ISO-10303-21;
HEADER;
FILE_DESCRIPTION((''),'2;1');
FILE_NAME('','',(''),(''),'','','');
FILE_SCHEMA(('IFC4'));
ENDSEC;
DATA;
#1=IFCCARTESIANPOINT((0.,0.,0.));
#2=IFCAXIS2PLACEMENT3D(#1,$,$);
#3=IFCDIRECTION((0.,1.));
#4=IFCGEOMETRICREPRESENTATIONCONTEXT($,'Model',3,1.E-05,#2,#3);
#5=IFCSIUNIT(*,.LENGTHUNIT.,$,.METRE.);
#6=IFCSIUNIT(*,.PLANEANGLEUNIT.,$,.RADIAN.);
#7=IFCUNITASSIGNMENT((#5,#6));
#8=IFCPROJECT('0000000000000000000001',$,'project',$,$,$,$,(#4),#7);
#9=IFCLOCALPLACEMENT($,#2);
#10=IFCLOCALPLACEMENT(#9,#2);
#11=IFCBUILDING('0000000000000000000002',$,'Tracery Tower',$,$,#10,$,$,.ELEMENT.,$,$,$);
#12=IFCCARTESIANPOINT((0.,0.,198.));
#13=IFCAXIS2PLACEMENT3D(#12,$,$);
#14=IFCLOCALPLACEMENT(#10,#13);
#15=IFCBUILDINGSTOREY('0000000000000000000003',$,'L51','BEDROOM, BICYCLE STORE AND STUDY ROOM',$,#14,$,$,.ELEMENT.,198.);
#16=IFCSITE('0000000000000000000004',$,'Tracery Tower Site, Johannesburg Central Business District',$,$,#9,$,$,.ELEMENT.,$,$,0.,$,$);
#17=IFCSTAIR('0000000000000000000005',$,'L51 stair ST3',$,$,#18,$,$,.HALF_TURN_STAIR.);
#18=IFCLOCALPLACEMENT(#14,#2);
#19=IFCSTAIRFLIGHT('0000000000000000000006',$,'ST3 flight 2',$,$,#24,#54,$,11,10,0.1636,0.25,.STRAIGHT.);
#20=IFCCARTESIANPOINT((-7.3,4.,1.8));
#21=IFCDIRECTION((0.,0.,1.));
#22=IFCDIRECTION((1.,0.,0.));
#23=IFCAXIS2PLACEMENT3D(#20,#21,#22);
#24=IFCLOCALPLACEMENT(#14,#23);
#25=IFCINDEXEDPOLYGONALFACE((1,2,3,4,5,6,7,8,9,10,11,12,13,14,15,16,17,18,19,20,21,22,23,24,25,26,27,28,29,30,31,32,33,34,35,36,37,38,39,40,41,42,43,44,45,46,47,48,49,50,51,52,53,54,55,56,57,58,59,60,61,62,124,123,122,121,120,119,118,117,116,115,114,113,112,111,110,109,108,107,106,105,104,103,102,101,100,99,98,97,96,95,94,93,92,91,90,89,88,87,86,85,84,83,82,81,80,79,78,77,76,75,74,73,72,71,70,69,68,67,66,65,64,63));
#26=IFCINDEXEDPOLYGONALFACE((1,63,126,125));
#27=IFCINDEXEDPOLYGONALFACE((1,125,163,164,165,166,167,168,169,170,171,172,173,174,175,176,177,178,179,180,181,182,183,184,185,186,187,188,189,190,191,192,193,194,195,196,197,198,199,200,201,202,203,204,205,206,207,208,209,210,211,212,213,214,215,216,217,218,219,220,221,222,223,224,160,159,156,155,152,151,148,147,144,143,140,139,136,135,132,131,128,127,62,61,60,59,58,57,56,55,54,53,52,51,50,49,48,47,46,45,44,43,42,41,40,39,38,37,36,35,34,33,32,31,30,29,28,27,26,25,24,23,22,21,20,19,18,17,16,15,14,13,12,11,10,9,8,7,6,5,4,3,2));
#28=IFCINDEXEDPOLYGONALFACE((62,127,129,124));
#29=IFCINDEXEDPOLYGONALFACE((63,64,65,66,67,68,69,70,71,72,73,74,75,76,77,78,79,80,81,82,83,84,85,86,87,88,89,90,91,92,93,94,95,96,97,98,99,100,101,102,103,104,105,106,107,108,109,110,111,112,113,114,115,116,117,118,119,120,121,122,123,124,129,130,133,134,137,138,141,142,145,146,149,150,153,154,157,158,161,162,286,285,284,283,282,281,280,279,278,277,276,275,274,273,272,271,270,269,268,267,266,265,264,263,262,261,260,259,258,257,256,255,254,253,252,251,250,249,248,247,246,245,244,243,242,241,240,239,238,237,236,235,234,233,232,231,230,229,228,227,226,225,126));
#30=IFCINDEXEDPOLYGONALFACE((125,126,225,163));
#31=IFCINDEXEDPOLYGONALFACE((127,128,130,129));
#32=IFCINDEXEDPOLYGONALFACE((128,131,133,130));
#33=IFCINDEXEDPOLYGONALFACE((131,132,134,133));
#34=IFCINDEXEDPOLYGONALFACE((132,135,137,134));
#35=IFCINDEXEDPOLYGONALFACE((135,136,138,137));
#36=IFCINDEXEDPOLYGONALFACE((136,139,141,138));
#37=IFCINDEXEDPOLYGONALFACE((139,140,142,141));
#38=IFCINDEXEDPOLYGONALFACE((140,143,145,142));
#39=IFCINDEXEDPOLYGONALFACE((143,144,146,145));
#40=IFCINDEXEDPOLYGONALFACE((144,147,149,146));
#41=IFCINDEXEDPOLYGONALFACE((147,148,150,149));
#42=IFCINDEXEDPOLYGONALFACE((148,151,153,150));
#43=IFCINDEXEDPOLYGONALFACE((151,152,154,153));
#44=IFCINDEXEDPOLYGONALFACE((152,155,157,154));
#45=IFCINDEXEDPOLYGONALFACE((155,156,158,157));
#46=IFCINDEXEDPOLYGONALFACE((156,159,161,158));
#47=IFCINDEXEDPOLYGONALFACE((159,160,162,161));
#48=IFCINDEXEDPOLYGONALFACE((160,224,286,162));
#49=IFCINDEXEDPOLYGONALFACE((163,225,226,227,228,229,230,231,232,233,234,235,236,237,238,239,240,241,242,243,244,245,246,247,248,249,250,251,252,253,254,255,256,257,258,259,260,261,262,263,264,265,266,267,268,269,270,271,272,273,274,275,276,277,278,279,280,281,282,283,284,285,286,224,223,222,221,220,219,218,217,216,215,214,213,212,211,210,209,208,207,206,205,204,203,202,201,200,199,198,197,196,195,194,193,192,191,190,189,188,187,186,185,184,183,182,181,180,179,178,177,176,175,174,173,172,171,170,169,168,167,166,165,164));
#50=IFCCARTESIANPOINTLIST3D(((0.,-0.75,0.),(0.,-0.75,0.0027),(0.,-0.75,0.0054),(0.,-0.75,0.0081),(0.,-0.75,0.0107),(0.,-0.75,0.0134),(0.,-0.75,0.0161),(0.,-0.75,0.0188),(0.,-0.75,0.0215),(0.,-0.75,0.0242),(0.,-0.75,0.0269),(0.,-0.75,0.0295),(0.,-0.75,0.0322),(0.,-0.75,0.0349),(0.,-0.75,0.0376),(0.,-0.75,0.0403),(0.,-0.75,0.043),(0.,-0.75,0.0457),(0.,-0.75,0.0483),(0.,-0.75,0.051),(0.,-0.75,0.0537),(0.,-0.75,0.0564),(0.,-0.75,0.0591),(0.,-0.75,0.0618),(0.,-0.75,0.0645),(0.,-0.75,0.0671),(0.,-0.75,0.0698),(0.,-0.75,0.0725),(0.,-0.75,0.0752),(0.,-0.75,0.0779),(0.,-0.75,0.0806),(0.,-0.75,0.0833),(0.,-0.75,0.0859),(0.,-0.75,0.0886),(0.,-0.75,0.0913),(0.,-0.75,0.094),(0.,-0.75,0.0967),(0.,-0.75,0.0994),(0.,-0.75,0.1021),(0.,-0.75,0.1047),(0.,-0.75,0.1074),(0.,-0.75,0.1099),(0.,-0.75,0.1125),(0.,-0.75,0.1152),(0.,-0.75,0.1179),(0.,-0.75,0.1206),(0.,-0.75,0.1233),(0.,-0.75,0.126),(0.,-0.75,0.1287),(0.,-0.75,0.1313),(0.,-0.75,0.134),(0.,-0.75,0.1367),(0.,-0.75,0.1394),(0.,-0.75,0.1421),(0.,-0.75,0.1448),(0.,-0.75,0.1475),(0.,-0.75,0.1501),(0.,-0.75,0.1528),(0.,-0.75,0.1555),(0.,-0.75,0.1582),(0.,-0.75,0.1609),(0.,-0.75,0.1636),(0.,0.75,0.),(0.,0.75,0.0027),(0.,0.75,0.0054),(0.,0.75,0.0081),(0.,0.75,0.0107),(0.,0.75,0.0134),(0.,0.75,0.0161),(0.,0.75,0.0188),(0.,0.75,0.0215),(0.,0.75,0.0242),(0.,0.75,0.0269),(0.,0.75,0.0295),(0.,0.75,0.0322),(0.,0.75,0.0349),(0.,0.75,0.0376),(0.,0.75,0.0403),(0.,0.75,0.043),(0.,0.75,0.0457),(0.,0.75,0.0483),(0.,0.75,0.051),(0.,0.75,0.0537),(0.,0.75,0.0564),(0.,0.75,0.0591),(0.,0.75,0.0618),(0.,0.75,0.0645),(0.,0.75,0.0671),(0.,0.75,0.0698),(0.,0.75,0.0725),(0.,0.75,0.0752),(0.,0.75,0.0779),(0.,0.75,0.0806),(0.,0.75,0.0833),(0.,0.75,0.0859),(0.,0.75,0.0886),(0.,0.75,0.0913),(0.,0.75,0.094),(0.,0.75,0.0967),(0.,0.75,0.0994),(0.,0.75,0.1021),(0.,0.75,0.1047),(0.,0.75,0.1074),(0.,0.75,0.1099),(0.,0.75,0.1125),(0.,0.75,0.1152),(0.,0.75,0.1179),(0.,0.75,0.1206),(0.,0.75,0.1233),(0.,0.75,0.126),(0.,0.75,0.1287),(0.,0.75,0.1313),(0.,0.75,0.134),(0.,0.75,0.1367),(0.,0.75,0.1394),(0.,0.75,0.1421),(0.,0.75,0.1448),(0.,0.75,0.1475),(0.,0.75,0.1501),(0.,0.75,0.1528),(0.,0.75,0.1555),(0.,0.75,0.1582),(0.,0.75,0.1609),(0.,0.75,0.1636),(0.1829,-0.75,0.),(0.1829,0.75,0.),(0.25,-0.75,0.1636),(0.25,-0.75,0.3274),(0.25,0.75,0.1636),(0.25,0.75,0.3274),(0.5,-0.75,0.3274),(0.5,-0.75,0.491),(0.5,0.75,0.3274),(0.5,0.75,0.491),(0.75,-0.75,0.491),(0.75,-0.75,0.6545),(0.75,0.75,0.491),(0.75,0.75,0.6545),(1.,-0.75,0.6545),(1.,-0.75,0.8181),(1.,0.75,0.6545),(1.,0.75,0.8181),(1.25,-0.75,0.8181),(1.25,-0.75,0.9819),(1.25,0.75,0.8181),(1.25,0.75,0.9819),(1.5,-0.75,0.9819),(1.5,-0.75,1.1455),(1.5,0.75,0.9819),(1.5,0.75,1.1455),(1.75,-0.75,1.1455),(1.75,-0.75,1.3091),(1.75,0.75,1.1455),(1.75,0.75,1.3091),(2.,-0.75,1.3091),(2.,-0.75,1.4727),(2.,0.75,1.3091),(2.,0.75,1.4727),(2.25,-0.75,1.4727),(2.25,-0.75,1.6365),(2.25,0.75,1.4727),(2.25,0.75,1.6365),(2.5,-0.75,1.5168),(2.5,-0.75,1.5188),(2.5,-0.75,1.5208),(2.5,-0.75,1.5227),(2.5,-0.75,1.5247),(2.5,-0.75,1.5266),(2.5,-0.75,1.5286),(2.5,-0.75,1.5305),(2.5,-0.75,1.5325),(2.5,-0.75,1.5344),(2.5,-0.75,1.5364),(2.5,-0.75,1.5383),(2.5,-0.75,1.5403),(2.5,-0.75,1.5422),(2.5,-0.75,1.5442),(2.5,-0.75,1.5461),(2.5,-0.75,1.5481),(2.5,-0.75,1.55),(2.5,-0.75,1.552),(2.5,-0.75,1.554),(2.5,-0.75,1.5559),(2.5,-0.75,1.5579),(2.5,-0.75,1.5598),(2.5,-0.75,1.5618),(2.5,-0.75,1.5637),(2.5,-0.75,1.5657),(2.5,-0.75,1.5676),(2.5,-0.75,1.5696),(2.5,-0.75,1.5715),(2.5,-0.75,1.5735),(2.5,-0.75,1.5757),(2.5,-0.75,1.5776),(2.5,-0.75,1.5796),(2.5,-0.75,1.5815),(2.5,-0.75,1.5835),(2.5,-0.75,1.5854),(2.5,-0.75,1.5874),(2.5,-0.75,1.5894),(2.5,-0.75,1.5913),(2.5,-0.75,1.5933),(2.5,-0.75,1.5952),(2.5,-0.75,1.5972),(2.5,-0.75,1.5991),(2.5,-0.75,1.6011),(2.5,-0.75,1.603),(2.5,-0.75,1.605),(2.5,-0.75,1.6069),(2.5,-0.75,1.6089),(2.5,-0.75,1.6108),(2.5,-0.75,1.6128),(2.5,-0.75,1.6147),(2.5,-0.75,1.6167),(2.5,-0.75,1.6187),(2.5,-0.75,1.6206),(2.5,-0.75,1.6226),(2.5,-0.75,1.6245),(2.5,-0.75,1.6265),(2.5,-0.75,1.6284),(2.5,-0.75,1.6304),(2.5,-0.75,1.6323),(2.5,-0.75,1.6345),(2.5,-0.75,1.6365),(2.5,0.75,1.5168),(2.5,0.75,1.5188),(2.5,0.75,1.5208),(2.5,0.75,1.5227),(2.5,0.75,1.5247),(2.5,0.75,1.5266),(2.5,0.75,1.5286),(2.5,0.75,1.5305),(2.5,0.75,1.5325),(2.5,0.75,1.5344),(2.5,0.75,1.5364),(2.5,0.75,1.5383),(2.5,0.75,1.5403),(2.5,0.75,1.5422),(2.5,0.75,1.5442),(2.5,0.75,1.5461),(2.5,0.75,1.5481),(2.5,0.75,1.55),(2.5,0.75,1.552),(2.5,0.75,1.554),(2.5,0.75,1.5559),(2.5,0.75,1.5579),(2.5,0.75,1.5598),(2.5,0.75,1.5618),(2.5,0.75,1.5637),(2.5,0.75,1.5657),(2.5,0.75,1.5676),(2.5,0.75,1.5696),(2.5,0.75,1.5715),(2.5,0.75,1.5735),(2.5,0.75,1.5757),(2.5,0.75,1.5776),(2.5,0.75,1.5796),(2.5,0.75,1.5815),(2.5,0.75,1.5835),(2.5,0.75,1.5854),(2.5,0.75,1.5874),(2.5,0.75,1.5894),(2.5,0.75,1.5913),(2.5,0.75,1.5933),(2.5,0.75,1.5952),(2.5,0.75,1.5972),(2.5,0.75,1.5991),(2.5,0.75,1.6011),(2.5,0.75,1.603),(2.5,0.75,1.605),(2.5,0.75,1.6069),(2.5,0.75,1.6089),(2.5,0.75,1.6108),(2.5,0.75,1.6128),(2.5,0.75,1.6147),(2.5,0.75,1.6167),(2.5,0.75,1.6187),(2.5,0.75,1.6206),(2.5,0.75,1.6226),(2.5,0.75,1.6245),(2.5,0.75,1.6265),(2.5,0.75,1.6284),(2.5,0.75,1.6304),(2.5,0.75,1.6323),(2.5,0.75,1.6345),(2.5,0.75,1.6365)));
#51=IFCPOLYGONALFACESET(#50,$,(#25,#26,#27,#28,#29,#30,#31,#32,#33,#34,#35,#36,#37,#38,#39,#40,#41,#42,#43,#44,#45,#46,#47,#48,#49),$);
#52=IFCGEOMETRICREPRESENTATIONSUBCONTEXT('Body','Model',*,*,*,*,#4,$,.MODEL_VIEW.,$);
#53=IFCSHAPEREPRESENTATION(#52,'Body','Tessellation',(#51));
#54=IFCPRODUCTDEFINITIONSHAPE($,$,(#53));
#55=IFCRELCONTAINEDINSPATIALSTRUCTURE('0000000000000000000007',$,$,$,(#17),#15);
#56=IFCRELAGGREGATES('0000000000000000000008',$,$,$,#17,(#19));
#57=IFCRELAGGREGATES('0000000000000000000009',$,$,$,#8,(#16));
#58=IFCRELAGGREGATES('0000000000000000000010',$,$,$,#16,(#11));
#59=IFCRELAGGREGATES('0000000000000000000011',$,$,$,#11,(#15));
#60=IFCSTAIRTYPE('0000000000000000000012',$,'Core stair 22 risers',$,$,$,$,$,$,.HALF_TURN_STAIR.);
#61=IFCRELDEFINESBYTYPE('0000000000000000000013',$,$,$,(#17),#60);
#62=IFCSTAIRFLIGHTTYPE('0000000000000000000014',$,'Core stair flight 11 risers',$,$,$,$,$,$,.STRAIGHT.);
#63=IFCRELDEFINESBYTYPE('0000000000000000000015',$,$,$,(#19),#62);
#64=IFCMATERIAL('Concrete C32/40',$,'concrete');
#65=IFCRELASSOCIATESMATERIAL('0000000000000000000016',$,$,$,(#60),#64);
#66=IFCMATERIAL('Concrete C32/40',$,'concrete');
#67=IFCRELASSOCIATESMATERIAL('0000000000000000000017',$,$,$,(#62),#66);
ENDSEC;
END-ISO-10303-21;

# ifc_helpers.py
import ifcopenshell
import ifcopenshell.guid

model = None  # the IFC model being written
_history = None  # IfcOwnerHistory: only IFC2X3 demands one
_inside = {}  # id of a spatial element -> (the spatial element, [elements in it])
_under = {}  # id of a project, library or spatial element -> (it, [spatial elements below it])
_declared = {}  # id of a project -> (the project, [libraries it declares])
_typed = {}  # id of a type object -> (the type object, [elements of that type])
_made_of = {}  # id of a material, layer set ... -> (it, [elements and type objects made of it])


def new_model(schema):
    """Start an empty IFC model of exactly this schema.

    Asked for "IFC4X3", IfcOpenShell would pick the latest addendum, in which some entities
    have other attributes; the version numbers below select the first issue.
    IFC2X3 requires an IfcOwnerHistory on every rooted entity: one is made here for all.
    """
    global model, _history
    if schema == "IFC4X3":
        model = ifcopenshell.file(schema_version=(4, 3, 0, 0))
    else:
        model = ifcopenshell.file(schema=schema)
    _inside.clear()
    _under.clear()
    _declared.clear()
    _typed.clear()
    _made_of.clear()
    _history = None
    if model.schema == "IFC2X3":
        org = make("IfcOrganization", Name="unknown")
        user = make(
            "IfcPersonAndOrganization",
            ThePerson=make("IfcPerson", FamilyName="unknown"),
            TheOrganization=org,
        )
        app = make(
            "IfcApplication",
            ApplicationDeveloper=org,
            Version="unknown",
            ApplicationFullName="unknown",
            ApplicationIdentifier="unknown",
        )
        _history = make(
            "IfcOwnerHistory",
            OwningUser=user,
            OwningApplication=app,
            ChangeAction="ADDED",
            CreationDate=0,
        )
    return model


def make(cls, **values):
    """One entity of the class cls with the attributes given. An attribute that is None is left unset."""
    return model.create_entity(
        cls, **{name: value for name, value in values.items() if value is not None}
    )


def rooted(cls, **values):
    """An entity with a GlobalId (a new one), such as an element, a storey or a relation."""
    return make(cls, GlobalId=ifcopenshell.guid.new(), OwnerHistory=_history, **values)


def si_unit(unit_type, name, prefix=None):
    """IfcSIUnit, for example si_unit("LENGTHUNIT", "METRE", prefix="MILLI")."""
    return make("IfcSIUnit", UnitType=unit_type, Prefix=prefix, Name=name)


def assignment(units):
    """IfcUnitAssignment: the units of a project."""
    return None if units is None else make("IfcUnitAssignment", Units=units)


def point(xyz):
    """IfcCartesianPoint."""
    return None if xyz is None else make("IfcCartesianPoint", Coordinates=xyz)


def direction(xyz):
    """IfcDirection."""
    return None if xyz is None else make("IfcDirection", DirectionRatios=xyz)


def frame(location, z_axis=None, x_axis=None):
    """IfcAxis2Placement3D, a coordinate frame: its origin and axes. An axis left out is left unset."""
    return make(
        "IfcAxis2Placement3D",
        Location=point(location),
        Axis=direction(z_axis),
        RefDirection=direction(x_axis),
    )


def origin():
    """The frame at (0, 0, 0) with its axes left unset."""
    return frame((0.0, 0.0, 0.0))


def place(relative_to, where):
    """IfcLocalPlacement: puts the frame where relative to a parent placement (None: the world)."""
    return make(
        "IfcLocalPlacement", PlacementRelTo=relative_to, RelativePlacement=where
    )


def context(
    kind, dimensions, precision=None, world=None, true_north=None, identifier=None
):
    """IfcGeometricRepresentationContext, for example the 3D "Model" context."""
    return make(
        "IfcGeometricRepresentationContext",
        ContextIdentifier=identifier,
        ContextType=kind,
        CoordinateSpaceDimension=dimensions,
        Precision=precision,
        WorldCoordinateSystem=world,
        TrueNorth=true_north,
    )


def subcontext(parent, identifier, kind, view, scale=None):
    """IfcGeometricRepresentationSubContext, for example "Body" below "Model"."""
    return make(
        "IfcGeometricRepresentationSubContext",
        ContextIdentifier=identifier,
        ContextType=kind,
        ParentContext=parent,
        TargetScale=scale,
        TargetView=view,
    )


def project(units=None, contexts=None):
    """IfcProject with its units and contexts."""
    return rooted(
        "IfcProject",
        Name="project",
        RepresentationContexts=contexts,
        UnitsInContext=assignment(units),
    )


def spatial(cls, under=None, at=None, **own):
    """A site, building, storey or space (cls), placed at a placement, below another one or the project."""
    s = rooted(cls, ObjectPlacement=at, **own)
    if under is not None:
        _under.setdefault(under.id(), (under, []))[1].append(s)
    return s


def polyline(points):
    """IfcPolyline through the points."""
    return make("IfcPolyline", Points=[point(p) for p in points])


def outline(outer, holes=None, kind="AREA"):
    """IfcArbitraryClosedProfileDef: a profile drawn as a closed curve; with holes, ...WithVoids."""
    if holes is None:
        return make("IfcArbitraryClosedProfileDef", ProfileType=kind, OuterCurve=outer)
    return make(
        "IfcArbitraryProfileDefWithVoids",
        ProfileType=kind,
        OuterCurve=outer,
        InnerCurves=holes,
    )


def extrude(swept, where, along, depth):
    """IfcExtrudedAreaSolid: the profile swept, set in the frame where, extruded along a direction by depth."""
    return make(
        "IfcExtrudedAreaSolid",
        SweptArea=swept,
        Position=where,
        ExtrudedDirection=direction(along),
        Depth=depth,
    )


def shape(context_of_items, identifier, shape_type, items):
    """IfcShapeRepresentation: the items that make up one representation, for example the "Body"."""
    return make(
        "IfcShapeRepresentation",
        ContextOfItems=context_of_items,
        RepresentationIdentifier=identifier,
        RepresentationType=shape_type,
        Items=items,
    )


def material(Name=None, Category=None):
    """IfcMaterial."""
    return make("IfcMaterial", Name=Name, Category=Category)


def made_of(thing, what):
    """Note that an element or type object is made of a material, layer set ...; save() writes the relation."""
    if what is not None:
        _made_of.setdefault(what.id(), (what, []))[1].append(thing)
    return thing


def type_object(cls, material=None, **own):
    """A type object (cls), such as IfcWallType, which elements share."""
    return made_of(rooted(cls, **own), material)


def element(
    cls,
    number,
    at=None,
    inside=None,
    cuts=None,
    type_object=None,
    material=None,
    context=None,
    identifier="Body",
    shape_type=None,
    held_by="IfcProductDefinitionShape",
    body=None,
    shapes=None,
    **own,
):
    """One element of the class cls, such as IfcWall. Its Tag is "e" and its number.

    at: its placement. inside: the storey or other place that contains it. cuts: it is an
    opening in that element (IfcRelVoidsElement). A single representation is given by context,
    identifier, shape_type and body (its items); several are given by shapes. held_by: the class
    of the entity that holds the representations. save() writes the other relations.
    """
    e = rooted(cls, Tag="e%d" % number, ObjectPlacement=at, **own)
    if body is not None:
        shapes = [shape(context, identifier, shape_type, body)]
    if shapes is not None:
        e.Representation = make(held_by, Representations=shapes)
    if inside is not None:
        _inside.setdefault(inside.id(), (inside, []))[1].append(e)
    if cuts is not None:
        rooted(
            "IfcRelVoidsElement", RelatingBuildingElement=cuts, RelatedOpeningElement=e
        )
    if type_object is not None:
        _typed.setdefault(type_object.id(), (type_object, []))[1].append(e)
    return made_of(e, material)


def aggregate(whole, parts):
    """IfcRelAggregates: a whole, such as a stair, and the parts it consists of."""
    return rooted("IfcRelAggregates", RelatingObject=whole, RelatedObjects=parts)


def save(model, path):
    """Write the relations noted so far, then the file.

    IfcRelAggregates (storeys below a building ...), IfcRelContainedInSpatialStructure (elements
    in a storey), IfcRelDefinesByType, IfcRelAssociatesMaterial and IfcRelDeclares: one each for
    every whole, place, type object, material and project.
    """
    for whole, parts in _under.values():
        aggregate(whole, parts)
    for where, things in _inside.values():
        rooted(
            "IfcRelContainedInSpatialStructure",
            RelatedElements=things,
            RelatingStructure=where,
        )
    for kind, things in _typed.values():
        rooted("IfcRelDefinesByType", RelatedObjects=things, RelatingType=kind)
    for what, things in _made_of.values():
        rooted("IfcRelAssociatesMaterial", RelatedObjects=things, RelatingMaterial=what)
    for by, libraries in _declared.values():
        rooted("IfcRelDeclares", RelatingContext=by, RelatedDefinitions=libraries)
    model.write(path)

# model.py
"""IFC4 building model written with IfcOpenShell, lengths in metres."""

from ifc_helpers import new_model, si_unit, direction, frame, origin, place, context, subcontext, project, spatial, polyline, outline, extrude, material, type_object, element, aggregate, save


model = new_model("IFC4")

# Units and contexts
model_context = context("Model", 3, precision=1e-05, world=origin(), true_north=direction((0.0, 1.0)))
body_context = subcontext(model_context, "Body", "Model", "MODEL_VIEW")
ifc_project = project(units=[si_unit("LENGTHUNIT", "METRE"), si_unit("PLANEANGLEUNIT", "RADIAN")], contexts=[model_context])

# Site, building, storey
site_placement = place(None, origin())
site = spatial("IfcSite", under=ifc_project, at=site_placement, Name="Tracery Tower Site, Johannesburg Central Business District", CompositionType="ELEMENT", RefElevation=0.0)
building_placement = place(site_placement, origin())
building = spatial("IfcBuilding", under=site, at=building_placement, Name="Tracery Tower", CompositionType="ELEMENT")
storey_placement = place(building_placement, frame((0.0, 0.0, 198.0)))
storey = spatial("IfcBuildingStorey", under=building, at=storey_placement, Name="L51", Description="BEDROOM, BICYCLE STORE AND STUDY ROOM", CompositionType="ELEMENT", Elevation=198.0)

# Stair, stair flight
ifc_material_1 = material(Name="Concrete C32/40", Category="concrete")
stair_type = type_object("IfcStairType", Name="Core stair 22 risers", PredefinedType="HALF_TURN_STAIR", material=ifc_material_1)
stair_placement = place(storey_placement, origin())
stair = element("IfcStair", 1, at=stair_placement, inside=storey, type_object=stair_type, Name="L51 stair ST3", PredefinedType="HALF_TURN_STAIR")
ifc_material_2 = material(Name="Concrete C32/40", Category="concrete")
stair_flight_type = type_object("IfcStairFlightType", Name="Core stair flight 11 risers", PredefinedType="STRAIGHT", material=ifc_material_2)
stair_flight_1_placement = place(storey_placement, frame((-7.3, 4.0, 1.8), z_axis=(0.0, 0.0, 1.0), x_axis=(1.0, 0.0, 0.0)))
stair_flight_1 = element("IfcStairFlight", 2, at=stair_flight_1_placement, type_object=stair_flight_type, Name="ST3 flight 2", NumberOfRisers=11, NumberOfTreads=10, PredefinedType="STRAIGHT", RiserHeight=0.1636, TreadLength=0.25, context=body_context, shape_type="SweptSolid", body=[
    extrude(outline(polyline([(0.0, 0.0), (0.0, 0.0027), (0.0, 0.0054), (0.0, 0.0081), (0.0, 0.0107), (0.0, 0.0134), (0.0, 0.0161), (0.0, 0.0188), (0.0, 0.0215), (0.0, 0.0242), (0.0, 0.0269), (0.0, 0.0295), (0.0, 0.0322), (0.0, 0.0349), (0.0, 0.0376), (0.0, 0.0403), (0.0, 0.043), (0.0, 0.0457), (0.0, 0.0483), (0.0, 0.051), (0.0, 0.0537), (0.0, 0.0564), (0.0, 0.0591), (0.0, 0.0618), (0.0, 0.0645), (0.0, 0.0671), (0.0, 0.0698), (0.0, 0.0725), (0.0, 0.0752), (0.0, 0.0779), (0.0, 0.0806), (0.0, 0.0833), (0.0, 0.0859), (0.0, 0.0886), (0.0, 0.0913), (0.0, 0.094), (0.0, 0.0967), (0.0, 0.0994), (0.0, 0.1021), (0.0, 0.1047), (0.0, 0.1074), (0.0, 0.1099), (0.0, 0.1125), (0.0, 0.1152), (0.0, 0.1179), (0.0, 0.1206), (0.0, 0.1233), (0.0, 0.126), (0.0, 0.1287), (0.0, 0.1313), (0.0, 0.134), (0.0, 0.1367), (0.0, 0.1394), (0.0, 0.1421), (0.0, 0.1448), (0.0, 0.1475), (0.0, 0.1501), (0.0, 0.1528), (0.0, 0.1555), (0.0, 0.1582), (0.0, 0.1609), (0.0, 0.1636), (0.25, 0.1636), (0.25, 0.3274), (0.5, 0.3274), (0.5, 0.491), (0.75, 0.491), (0.75, 0.6545), (1.0, 0.6545), (1.0, 0.8181), (1.25, 0.8181), (1.25, 0.9819), (1.5, 0.9819), (1.5, 1.1455), (1.75, 1.1455), (1.75, 1.3091), (2.0, 1.3091), (2.0, 1.4727), (2.25, 1.4727), (2.25, 1.6365), (2.5, 1.6365), (2.5, 1.6345), (2.5, 1.6323), (2.5, 1.6304), (2.5, 1.6284), (2.5, 1.6265), (2.5, 1.6245), (2.5, 1.6226), (2.5, 1.6206), (2.5, 1.6187), (2.5, 1.6167), (2.5, 1.6147), (2.5, 1.6128), (2.5, 1.6108), (2.5, 1.6089), (2.5, 1.6069), (2.5, 1.605), (2.5, 1.603), (2.5, 1.6011), (2.5, 1.5991), (2.5, 1.5972), (2.5, 1.5952), (2.5, 1.5933), (2.5, 1.5913), (2.5, 1.5894), (2.5, 1.5874), (2.5, 1.5854), (2.5, 1.5835), (2.5, 1.5815), (2.5, 1.5796), (2.5, 1.5776), (2.5, 1.5757), (2.5, 1.5735), (2.5, 1.5715), (2.5, 1.5696), (2.5, 1.5676), (2.5, 1.5657), (2.5, 1.5637), (2.5, 1.5618), (2.5, 1.5598), (2.5, 1.5579), (2.5, 1.5559), (2.5, 1.554), (2.5, 1.552), (2.5, 1.55), (2.5, 1.5481), (2.5, 1.5461), (2.5, 1.5442), (2.5, 1.5422), (2.5, 1.5403), (2.5, 1.5383), (2.5, 1.5364), (2.5, 1.5344), (2.5, 1.5325), (2.5, 1.5305), (2.5, 1.5286), (2.5, 1.5266), (2.5, 1.5247), (2.5, 1.5227), (2.5, 1.5208), (2.5, 1.5188), (2.5, 1.5168), (0.1829, 0.0), (0.0, 0.0)])), frame((0.0, 0.75, 0.0), z_axis=(0.0, -1.0, 0.0), x_axis=(1.0, 0.0, 0.0)), (0.0, 0.0, 1.0), 1.5),
])
aggregate(stair, [stair_flight_1])

save(model, "model.ifc")
